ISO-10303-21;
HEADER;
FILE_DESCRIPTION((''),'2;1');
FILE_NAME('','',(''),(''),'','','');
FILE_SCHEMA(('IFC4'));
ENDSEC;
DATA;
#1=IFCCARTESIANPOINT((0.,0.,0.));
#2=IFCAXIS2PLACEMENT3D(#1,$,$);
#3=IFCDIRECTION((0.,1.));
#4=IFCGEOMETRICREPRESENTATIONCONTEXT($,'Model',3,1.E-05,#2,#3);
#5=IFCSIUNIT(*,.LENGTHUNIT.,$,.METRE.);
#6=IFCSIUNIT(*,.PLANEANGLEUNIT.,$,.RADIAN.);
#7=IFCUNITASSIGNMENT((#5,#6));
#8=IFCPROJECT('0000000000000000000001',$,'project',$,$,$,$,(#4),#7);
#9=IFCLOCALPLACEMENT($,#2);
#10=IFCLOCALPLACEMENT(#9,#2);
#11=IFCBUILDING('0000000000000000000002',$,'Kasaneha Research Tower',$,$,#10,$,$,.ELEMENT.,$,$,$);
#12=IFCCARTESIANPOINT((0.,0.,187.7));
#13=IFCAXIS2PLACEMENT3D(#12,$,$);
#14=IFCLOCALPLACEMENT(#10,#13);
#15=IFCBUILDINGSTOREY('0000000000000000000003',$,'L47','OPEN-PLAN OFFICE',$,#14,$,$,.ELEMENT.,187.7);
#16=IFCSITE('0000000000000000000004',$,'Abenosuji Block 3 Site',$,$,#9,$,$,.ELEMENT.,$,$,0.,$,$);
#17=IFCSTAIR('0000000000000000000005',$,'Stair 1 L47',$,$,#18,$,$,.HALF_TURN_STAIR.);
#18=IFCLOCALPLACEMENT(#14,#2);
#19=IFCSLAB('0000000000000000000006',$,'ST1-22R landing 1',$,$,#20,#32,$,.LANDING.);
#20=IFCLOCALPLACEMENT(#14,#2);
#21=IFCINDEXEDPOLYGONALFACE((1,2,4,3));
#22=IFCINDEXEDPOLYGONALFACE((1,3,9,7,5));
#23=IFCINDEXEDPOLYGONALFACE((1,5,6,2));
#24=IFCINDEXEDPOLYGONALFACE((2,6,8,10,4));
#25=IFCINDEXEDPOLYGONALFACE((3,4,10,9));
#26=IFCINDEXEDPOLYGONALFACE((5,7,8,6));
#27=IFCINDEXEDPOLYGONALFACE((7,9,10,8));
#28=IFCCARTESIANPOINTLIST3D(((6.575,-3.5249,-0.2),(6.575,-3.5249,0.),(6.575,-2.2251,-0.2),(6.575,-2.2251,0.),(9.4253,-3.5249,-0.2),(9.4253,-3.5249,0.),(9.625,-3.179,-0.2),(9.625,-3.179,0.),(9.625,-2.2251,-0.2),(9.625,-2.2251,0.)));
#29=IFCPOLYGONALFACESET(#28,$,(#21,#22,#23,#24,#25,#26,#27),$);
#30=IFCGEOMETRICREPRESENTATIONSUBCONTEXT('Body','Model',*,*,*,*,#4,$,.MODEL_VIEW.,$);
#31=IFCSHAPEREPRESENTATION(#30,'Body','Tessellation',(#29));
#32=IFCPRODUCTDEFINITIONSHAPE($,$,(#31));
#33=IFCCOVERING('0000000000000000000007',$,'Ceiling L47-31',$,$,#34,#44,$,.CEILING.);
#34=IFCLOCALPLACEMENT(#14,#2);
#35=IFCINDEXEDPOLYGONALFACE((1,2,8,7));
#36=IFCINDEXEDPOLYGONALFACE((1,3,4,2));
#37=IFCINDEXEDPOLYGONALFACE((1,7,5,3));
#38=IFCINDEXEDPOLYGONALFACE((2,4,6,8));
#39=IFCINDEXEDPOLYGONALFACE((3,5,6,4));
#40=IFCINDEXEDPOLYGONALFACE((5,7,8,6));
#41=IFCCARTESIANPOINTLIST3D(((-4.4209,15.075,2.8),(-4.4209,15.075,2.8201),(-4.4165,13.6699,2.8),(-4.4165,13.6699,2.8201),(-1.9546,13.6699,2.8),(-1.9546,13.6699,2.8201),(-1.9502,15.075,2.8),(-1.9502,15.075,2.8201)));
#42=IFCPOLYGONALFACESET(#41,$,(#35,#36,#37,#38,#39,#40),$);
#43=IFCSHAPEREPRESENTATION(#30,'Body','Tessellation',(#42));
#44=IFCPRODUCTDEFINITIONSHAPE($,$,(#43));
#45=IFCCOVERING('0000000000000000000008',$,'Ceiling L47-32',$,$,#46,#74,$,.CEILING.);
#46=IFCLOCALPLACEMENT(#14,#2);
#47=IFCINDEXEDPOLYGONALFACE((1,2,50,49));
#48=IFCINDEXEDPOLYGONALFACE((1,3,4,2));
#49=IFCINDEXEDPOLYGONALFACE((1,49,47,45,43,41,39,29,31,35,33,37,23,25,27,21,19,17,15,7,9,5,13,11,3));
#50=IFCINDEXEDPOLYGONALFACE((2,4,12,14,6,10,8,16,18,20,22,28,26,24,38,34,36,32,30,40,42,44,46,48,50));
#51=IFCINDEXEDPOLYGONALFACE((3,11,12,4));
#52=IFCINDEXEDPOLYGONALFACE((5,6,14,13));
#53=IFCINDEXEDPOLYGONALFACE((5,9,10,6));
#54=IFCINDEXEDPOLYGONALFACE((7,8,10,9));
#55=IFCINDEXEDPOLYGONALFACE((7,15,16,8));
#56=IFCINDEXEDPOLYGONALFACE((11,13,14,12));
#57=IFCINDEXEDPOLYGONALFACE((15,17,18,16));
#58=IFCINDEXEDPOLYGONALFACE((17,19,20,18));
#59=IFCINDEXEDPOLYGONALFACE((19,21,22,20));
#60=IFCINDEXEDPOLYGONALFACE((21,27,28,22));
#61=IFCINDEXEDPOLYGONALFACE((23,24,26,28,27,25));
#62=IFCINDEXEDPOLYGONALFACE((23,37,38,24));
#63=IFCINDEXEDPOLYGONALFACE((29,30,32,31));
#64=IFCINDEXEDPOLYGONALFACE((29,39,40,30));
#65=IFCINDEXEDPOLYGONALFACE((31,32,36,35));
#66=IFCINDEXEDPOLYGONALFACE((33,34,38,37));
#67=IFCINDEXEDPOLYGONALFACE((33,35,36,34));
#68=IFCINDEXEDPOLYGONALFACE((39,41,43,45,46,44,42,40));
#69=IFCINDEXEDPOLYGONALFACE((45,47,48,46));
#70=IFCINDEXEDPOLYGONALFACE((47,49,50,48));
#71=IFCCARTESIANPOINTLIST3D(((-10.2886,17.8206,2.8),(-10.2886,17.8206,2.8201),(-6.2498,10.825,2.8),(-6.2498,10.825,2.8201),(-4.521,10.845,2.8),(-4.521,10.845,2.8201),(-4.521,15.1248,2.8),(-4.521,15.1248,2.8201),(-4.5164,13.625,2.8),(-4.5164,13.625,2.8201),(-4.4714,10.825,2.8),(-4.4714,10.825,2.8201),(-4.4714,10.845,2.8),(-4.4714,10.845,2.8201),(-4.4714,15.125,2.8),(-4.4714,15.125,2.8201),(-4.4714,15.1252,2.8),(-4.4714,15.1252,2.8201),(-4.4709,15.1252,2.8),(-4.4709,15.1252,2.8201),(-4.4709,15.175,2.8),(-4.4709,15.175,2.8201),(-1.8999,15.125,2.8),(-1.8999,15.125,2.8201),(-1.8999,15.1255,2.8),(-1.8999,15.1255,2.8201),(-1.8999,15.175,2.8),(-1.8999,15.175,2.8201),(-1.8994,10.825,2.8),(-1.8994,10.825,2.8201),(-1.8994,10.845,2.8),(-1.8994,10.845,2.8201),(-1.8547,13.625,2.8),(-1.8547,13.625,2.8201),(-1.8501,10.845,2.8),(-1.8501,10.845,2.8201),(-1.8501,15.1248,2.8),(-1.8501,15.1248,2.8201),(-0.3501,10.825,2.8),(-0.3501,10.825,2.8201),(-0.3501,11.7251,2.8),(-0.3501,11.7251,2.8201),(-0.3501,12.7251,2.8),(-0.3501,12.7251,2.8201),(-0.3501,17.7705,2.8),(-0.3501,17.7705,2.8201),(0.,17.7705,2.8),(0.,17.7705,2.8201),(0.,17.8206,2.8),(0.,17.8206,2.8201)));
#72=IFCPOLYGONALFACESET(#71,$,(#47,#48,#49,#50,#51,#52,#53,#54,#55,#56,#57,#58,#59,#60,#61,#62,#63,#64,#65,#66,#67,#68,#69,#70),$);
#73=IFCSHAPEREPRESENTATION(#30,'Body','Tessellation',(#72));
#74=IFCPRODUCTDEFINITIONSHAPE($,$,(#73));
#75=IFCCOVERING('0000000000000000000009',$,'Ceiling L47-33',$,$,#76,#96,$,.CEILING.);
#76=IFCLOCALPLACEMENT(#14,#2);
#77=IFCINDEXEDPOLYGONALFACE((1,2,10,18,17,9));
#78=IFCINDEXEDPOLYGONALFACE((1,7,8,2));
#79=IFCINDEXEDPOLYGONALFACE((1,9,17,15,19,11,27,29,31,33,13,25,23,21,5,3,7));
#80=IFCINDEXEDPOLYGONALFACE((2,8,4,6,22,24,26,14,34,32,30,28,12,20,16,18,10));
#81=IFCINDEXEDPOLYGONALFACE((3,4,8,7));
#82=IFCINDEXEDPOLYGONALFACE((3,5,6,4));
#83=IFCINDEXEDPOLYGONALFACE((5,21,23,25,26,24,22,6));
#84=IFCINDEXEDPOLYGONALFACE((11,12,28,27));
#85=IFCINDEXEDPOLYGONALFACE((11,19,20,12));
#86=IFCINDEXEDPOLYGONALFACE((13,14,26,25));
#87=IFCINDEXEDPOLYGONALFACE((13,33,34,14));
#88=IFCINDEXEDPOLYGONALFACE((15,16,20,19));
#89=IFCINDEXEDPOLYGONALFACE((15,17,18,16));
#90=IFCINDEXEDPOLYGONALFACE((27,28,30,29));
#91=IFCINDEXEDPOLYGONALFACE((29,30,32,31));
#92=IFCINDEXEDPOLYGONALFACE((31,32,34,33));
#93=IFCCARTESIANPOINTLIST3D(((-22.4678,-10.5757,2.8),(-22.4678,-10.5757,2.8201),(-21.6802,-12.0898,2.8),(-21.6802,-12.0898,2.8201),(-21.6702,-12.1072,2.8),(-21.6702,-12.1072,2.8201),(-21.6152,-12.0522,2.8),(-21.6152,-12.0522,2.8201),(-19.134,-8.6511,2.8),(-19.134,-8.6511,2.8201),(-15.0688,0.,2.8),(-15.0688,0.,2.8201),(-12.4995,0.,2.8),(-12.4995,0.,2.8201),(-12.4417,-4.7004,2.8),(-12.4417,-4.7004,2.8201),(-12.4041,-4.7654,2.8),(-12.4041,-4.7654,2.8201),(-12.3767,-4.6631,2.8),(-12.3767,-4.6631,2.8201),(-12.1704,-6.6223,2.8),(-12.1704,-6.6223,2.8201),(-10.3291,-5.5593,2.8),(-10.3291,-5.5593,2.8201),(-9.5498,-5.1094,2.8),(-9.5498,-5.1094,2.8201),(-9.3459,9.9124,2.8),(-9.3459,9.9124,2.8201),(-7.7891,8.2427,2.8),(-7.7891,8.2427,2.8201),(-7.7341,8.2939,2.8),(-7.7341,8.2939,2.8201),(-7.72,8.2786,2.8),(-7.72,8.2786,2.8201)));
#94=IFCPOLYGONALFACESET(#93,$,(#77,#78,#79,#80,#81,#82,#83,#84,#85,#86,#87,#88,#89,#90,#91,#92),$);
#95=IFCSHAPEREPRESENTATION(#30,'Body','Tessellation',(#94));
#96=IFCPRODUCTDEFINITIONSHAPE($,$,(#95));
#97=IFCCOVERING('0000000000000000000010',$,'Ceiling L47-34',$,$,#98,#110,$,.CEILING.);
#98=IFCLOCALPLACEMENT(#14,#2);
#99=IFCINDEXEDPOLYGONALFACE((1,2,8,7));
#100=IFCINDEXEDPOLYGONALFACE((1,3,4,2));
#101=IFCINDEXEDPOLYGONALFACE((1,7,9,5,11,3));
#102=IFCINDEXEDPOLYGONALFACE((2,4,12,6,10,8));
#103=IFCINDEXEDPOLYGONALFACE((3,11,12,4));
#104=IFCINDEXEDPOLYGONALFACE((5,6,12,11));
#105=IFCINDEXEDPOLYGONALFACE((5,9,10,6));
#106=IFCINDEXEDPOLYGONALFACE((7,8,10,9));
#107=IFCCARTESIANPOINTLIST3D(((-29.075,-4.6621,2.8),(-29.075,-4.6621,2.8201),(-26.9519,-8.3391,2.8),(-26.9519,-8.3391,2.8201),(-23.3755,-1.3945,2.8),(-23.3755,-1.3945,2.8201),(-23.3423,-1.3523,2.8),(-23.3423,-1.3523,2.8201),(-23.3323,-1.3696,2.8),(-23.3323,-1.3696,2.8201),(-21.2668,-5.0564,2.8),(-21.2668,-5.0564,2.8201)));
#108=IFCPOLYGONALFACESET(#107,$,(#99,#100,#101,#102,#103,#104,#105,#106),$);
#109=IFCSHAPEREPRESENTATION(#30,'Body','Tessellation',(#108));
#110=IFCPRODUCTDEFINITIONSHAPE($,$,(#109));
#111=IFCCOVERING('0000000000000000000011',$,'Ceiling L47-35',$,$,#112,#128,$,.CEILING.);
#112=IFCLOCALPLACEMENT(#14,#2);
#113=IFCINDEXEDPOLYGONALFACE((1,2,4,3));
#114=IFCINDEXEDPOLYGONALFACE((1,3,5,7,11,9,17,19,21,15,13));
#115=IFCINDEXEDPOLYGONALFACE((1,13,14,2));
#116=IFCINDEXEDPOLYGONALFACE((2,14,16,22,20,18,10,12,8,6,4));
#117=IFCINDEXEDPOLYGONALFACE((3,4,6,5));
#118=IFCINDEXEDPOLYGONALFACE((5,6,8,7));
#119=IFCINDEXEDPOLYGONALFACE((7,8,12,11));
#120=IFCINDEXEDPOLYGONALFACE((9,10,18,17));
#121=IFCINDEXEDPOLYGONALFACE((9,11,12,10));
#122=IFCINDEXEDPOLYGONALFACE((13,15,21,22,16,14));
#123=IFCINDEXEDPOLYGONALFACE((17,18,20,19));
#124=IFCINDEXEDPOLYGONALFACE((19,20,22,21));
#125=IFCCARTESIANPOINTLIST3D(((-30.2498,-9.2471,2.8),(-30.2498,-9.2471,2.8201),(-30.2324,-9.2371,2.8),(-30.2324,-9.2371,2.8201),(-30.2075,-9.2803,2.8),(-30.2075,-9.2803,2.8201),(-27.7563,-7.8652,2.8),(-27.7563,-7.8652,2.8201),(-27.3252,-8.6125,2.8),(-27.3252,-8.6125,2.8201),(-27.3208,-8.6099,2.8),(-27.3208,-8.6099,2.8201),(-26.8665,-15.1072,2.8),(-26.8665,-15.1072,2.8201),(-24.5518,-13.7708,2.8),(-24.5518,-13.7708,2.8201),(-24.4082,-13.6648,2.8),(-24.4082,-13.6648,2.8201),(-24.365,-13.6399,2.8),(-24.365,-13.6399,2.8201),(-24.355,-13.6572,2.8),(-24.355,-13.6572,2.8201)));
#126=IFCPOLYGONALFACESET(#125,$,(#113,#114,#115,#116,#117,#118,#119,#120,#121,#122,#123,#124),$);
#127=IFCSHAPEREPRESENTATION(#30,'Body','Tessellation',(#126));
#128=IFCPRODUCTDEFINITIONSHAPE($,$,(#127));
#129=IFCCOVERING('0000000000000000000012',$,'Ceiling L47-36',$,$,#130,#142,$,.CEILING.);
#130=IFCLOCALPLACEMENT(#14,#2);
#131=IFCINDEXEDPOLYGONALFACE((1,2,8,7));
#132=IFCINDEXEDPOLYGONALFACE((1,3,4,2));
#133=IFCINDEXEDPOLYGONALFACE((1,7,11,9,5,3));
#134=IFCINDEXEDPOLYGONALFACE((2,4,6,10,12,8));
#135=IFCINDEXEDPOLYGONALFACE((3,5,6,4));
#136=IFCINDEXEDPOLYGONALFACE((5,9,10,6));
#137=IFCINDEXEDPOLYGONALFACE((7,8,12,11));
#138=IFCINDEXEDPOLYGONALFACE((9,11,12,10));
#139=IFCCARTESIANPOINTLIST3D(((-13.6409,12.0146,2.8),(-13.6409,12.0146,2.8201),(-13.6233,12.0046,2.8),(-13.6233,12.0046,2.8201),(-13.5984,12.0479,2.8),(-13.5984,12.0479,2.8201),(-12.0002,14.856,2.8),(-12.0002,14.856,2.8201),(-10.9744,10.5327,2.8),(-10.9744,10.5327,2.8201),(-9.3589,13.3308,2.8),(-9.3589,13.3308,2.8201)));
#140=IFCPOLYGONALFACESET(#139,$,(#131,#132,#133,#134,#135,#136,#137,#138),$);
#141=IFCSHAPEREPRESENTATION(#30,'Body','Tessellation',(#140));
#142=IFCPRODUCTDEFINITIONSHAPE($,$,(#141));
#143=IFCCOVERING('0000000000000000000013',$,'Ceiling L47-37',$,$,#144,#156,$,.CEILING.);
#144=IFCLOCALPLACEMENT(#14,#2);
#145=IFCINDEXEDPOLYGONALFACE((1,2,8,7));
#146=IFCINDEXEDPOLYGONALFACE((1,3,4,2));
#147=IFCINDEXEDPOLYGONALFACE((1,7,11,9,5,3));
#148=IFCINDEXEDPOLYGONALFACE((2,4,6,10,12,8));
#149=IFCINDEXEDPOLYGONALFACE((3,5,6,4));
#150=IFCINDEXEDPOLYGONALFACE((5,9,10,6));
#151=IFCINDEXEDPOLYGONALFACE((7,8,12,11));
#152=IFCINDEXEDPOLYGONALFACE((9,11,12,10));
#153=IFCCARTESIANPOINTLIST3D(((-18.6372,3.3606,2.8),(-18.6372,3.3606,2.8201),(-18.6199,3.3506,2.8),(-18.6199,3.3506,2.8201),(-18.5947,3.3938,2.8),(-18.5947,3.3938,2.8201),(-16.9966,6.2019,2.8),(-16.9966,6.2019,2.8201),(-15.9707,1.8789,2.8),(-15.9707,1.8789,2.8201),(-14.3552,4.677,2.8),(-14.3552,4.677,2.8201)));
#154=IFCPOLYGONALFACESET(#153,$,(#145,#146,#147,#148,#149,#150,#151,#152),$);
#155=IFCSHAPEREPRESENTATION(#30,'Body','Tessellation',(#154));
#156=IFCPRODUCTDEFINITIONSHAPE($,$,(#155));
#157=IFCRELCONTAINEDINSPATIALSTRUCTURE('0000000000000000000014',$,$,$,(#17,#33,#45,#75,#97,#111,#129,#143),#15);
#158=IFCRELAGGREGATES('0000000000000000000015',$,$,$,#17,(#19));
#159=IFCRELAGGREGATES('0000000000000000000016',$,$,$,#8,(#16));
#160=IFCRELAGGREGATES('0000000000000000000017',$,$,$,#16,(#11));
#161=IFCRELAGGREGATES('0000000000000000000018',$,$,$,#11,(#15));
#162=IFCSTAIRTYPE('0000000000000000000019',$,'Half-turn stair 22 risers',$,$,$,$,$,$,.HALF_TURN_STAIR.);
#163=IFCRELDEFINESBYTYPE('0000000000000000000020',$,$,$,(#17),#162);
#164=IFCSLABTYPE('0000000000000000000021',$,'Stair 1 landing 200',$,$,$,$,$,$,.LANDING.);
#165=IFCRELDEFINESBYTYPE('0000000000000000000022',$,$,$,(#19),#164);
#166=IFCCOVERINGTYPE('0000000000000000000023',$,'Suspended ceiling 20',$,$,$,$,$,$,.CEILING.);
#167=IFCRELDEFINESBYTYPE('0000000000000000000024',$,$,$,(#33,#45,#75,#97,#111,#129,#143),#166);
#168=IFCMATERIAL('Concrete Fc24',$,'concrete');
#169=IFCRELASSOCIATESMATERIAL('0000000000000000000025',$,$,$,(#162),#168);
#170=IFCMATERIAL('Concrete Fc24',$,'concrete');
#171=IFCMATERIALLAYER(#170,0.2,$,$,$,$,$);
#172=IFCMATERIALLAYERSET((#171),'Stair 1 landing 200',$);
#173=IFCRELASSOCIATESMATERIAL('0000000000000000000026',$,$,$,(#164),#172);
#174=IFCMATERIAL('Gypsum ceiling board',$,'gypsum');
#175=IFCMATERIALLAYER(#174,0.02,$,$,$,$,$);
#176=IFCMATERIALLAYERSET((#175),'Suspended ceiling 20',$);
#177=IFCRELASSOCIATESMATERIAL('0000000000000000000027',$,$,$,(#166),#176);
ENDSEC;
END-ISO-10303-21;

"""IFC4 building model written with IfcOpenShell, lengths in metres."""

from ifc_helpers import new_model, si_unit, direction, frame, origin, place, context, subcontext, project, spatial, polyline, outline, extrude, material, layer, layer_set, type_object, element, aggregate, save


model = new_model("IFC4")

# Units and contexts
model_context = context("Model", 3, precision=1e-05, world=origin(), true_north=direction((0.0, 1.0)))
body_context = subcontext(model_context, "Body", "Model", "MODEL_VIEW")
ifc_project = project(units=[si_unit("LENGTHUNIT", "METRE"), si_unit("PLANEANGLEUNIT", "RADIAN")], contexts=[model_context])

# Site, building, storey
site_placement = place(None, origin())
site = spatial("IfcSite", under=ifc_project, at=site_placement, Name="Abenosuji Block 3 Site", CompositionType="ELEMENT", RefElevation=0.0)
building_placement = place(site_placement, origin())
building = spatial("IfcBuilding", under=site, at=building_placement, Name="Kasaneha Research Tower", CompositionType="ELEMENT")
storey_placement = place(building_placement, frame((0.0, 0.0, 187.7)))
storey = spatial("IfcBuildingStorey", under=building, at=storey_placement, Name="L47", Description="OPEN-PLAN OFFICE", CompositionType="ELEMENT", Elevation=187.7)

# Stair, slab
ifc_material_1 = material(Name="Concrete Fc24", Category="concrete")
stair_type = type_object("IfcStairType", Name="Half-turn stair 22 risers", PredefinedType="HALF_TURN_STAIR", material=ifc_material_1)
stair_placement = place(storey_placement, origin())
stair = element("IfcStair", 1, at=stair_placement, inside=storey, type_object=stair_type, Name="Stair 1 L47", PredefinedType="HALF_TURN_STAIR")
ifc_material_2 = material(Name="Concrete Fc24", Category="concrete")
ifc_layer_1 = layer(ifc_material_2, 0.2)
ifc_layer_set_1 = layer_set([ifc_layer_1], Name="Stair 1 landing 200")
slab_type = type_object("IfcSlabType", Name="Stair 1 landing 200", PredefinedType="LANDING", material=ifc_layer_set_1)
slab_placement = place(storey_placement, frame((0.0, 0.0, -0.2)))
slab = element("IfcSlab", 2, at=slab_placement, type_object=slab_type, Name="ST1-22R landing 1", PredefinedType="LANDING", context=body_context, shape_type="SweptSolid", body=[
    extrude(outline(polyline([(9.4253, -3.5249), (6.575, -3.5249), (6.575, -2.2251), (9.625, -2.2251), (9.625, -3.179), (9.4253, -3.5249)])), origin(), (0.0, 0.0, 1.0), 0.2),
])
aggregate(stair, [slab])

# Coverings
ifc_material_3 = material(Name="Gypsum ceiling board", Category="gypsum")
ifc_layer_2 = layer(ifc_material_3, 0.02)
ifc_layer_set_2 = layer_set([ifc_layer_2], Name="Suspended ceiling 20")
covering_type_1 = type_object("IfcCoveringType", Name="Suspended ceiling 20", PredefinedType="CEILING", material=ifc_layer_set_2)
covering_1_placement = place(storey_placement, frame((0.0, 0.0, 2.8)))
element("IfcCovering", 3, at=covering_1_placement, inside=storey, type_object=covering_type_1, Name="Ceiling L47-31", PredefinedType="CEILING", context=body_context, shape_type="SweptSolid", body=[
    extrude(outline(polyline([(-1.9502, 15.075), (-1.9546, 13.6699), (-4.4165, 13.6699), (-4.4209, 15.075), (-1.9502, 15.075)])), origin(), (0.0, 0.0, 1.0), 0.02),
])
covering_2_placement = place(storey_placement, frame((0.0, 0.0, 2.8)))
element("IfcCovering", 4, at=covering_2_placement, inside=storey, type_object=covering_type_1, Name="Ceiling L47-32", PredefinedType="CEILING", context=body_context, shape_type="SweptSolid", body=[
    extrude(outline(polyline([(-0.3501, 11.7251), (-0.3501, 10.825), (-1.8994, 10.825), (-1.8994, 10.845), (-1.8501, 10.845), (-1.8547, 13.625), (-1.8501, 15.1248), (-1.8999, 15.125), (-1.8999, 15.1255), (-1.8999, 15.175), (-4.4709, 15.175), (-4.4709, 15.1252), (-4.4714, 15.1252), (-4.4714, 15.125), (-4.521, 15.1248), (-4.5164, 13.625), (-4.521, 10.845), (-4.4714, 10.845), (-4.4714, 10.825), (-6.2498, 10.825), (-10.2886, 17.8206), (0.0, 17.8206), (0.0, 17.7705), (-0.3501, 17.7705), (-0.3501, 17.7705), (-0.3501, 12.7251), (-0.3501, 11.7251)])), origin(), (0.0, 0.0, 1.0), 0.02),
])
covering_3_placement = place(storey_placement, frame((0.0, 0.0, 2.8)))
element("IfcCovering", 5, at=covering_3_placement, inside=storey, type_object=covering_type_1, Name="Ceiling L47-33", PredefinedType="CEILING", context=body_context, shape_type="SweptSolid", body=[
    extrude(outline(polyline([(-9.5498, -5.1094), (-10.3291, -5.5593), (-10.3291, -5.5593), (-12.1704, -6.6223), (-21.6702, -12.1072), (-21.6802, -12.0898), (-21.6152, -12.0522), (-22.4678, -10.5757), (-19.134, -8.6511), (-19.134, -8.6511), (-12.4041, -4.7654), (-12.4417, -4.7004), (-12.3767, -4.6631), (-15.0688, 0.0), (-9.3459, 9.9124), (-7.7891, 8.2427), (-7.7341, 8.2939), (-7.72, 8.2786), (-12.4995, 0.0), (-9.5498, -5.1094)])), origin(), (0.0, 0.0, 1.0), 0.02),
])
covering_4_placement = place(storey_placement, frame((0.0, 0.0, 2.8)))
element("IfcCovering", 6, at=covering_4_placement, inside=storey, type_object=covering_type_1, Name="Ceiling L47-34", PredefinedType="CEILING", context=body_context, shape_type="SweptSolid", body=[
    extrude(outline(polyline([(-23.3323, -1.3696), (-23.3755, -1.3945), (-21.2668, -5.0564), (-26.9519, -8.3391), (-29.075, -4.6621), (-23.3423, -1.3523), (-23.3323, -1.3696)])), origin(), (0.0, 0.0, 1.0), 0.02),
])
covering_5_placement = place(storey_placement, frame((0.0, 0.0, 2.8)))
element("IfcCovering", 7, at=covering_5_placement, inside=storey, type_object=covering_type_1, Name="Ceiling L47-35", PredefinedType="CEILING", context=body_context, shape_type="SweptSolid", body=[
    extrude(outline(polyline([(-30.2498, -9.2471), (-30.2324, -9.2371), (-30.2075, -9.2803), (-27.7563, -7.8652), (-27.3208, -8.6099), (-27.3252, -8.6125), (-24.4082, -13.6648), (-24.365, -13.6399), (-24.355, -13.6572), (-24.5518, -13.7708), (-26.8665, -15.1072), (-30.2498, -9.2471)])), origin(), (0.0, 0.0, 1.0), 0.02),
])
covering_6_placement = place(storey_placement, frame((0.0, 0.0, 2.8)))
element("IfcCovering", 8, at=covering_6_placement, inside=storey, type_object=covering_type_1, Name="Ceiling L47-36", PredefinedType="CEILING", context=body_context, shape_type="SweptSolid", body=[
    extrude(outline(polyline([(-12.0002, 14.856), (-9.3589, 13.3308), (-10.9744, 10.5327), (-13.5984, 12.0479), (-13.6233, 12.0046), (-13.6409, 12.0146), (-12.0002, 14.856)])), origin(), (0.0, 0.0, 1.0), 0.02),
])
covering_7_placement = place(storey_placement, frame((0.0, 0.0, 2.8)))
element("IfcCovering", 9, at=covering_7_placement, inside=storey, type_object=covering_type_1, Name="Ceiling L47-37", PredefinedType="CEILING", context=body_context, shape_type="SweptSolid", body=[
    extrude(outline(polyline([(-16.9966, 6.2019), (-14.3552, 4.677), (-15.9707, 1.8789), (-18.5947, 3.3938), (-18.6199, 3.3506), (-18.6372, 3.3606), (-16.9966, 6.2019)])), origin(), (0.0, 0.0, 1.0), 0.02),
])

save(model, "model.ifc")
